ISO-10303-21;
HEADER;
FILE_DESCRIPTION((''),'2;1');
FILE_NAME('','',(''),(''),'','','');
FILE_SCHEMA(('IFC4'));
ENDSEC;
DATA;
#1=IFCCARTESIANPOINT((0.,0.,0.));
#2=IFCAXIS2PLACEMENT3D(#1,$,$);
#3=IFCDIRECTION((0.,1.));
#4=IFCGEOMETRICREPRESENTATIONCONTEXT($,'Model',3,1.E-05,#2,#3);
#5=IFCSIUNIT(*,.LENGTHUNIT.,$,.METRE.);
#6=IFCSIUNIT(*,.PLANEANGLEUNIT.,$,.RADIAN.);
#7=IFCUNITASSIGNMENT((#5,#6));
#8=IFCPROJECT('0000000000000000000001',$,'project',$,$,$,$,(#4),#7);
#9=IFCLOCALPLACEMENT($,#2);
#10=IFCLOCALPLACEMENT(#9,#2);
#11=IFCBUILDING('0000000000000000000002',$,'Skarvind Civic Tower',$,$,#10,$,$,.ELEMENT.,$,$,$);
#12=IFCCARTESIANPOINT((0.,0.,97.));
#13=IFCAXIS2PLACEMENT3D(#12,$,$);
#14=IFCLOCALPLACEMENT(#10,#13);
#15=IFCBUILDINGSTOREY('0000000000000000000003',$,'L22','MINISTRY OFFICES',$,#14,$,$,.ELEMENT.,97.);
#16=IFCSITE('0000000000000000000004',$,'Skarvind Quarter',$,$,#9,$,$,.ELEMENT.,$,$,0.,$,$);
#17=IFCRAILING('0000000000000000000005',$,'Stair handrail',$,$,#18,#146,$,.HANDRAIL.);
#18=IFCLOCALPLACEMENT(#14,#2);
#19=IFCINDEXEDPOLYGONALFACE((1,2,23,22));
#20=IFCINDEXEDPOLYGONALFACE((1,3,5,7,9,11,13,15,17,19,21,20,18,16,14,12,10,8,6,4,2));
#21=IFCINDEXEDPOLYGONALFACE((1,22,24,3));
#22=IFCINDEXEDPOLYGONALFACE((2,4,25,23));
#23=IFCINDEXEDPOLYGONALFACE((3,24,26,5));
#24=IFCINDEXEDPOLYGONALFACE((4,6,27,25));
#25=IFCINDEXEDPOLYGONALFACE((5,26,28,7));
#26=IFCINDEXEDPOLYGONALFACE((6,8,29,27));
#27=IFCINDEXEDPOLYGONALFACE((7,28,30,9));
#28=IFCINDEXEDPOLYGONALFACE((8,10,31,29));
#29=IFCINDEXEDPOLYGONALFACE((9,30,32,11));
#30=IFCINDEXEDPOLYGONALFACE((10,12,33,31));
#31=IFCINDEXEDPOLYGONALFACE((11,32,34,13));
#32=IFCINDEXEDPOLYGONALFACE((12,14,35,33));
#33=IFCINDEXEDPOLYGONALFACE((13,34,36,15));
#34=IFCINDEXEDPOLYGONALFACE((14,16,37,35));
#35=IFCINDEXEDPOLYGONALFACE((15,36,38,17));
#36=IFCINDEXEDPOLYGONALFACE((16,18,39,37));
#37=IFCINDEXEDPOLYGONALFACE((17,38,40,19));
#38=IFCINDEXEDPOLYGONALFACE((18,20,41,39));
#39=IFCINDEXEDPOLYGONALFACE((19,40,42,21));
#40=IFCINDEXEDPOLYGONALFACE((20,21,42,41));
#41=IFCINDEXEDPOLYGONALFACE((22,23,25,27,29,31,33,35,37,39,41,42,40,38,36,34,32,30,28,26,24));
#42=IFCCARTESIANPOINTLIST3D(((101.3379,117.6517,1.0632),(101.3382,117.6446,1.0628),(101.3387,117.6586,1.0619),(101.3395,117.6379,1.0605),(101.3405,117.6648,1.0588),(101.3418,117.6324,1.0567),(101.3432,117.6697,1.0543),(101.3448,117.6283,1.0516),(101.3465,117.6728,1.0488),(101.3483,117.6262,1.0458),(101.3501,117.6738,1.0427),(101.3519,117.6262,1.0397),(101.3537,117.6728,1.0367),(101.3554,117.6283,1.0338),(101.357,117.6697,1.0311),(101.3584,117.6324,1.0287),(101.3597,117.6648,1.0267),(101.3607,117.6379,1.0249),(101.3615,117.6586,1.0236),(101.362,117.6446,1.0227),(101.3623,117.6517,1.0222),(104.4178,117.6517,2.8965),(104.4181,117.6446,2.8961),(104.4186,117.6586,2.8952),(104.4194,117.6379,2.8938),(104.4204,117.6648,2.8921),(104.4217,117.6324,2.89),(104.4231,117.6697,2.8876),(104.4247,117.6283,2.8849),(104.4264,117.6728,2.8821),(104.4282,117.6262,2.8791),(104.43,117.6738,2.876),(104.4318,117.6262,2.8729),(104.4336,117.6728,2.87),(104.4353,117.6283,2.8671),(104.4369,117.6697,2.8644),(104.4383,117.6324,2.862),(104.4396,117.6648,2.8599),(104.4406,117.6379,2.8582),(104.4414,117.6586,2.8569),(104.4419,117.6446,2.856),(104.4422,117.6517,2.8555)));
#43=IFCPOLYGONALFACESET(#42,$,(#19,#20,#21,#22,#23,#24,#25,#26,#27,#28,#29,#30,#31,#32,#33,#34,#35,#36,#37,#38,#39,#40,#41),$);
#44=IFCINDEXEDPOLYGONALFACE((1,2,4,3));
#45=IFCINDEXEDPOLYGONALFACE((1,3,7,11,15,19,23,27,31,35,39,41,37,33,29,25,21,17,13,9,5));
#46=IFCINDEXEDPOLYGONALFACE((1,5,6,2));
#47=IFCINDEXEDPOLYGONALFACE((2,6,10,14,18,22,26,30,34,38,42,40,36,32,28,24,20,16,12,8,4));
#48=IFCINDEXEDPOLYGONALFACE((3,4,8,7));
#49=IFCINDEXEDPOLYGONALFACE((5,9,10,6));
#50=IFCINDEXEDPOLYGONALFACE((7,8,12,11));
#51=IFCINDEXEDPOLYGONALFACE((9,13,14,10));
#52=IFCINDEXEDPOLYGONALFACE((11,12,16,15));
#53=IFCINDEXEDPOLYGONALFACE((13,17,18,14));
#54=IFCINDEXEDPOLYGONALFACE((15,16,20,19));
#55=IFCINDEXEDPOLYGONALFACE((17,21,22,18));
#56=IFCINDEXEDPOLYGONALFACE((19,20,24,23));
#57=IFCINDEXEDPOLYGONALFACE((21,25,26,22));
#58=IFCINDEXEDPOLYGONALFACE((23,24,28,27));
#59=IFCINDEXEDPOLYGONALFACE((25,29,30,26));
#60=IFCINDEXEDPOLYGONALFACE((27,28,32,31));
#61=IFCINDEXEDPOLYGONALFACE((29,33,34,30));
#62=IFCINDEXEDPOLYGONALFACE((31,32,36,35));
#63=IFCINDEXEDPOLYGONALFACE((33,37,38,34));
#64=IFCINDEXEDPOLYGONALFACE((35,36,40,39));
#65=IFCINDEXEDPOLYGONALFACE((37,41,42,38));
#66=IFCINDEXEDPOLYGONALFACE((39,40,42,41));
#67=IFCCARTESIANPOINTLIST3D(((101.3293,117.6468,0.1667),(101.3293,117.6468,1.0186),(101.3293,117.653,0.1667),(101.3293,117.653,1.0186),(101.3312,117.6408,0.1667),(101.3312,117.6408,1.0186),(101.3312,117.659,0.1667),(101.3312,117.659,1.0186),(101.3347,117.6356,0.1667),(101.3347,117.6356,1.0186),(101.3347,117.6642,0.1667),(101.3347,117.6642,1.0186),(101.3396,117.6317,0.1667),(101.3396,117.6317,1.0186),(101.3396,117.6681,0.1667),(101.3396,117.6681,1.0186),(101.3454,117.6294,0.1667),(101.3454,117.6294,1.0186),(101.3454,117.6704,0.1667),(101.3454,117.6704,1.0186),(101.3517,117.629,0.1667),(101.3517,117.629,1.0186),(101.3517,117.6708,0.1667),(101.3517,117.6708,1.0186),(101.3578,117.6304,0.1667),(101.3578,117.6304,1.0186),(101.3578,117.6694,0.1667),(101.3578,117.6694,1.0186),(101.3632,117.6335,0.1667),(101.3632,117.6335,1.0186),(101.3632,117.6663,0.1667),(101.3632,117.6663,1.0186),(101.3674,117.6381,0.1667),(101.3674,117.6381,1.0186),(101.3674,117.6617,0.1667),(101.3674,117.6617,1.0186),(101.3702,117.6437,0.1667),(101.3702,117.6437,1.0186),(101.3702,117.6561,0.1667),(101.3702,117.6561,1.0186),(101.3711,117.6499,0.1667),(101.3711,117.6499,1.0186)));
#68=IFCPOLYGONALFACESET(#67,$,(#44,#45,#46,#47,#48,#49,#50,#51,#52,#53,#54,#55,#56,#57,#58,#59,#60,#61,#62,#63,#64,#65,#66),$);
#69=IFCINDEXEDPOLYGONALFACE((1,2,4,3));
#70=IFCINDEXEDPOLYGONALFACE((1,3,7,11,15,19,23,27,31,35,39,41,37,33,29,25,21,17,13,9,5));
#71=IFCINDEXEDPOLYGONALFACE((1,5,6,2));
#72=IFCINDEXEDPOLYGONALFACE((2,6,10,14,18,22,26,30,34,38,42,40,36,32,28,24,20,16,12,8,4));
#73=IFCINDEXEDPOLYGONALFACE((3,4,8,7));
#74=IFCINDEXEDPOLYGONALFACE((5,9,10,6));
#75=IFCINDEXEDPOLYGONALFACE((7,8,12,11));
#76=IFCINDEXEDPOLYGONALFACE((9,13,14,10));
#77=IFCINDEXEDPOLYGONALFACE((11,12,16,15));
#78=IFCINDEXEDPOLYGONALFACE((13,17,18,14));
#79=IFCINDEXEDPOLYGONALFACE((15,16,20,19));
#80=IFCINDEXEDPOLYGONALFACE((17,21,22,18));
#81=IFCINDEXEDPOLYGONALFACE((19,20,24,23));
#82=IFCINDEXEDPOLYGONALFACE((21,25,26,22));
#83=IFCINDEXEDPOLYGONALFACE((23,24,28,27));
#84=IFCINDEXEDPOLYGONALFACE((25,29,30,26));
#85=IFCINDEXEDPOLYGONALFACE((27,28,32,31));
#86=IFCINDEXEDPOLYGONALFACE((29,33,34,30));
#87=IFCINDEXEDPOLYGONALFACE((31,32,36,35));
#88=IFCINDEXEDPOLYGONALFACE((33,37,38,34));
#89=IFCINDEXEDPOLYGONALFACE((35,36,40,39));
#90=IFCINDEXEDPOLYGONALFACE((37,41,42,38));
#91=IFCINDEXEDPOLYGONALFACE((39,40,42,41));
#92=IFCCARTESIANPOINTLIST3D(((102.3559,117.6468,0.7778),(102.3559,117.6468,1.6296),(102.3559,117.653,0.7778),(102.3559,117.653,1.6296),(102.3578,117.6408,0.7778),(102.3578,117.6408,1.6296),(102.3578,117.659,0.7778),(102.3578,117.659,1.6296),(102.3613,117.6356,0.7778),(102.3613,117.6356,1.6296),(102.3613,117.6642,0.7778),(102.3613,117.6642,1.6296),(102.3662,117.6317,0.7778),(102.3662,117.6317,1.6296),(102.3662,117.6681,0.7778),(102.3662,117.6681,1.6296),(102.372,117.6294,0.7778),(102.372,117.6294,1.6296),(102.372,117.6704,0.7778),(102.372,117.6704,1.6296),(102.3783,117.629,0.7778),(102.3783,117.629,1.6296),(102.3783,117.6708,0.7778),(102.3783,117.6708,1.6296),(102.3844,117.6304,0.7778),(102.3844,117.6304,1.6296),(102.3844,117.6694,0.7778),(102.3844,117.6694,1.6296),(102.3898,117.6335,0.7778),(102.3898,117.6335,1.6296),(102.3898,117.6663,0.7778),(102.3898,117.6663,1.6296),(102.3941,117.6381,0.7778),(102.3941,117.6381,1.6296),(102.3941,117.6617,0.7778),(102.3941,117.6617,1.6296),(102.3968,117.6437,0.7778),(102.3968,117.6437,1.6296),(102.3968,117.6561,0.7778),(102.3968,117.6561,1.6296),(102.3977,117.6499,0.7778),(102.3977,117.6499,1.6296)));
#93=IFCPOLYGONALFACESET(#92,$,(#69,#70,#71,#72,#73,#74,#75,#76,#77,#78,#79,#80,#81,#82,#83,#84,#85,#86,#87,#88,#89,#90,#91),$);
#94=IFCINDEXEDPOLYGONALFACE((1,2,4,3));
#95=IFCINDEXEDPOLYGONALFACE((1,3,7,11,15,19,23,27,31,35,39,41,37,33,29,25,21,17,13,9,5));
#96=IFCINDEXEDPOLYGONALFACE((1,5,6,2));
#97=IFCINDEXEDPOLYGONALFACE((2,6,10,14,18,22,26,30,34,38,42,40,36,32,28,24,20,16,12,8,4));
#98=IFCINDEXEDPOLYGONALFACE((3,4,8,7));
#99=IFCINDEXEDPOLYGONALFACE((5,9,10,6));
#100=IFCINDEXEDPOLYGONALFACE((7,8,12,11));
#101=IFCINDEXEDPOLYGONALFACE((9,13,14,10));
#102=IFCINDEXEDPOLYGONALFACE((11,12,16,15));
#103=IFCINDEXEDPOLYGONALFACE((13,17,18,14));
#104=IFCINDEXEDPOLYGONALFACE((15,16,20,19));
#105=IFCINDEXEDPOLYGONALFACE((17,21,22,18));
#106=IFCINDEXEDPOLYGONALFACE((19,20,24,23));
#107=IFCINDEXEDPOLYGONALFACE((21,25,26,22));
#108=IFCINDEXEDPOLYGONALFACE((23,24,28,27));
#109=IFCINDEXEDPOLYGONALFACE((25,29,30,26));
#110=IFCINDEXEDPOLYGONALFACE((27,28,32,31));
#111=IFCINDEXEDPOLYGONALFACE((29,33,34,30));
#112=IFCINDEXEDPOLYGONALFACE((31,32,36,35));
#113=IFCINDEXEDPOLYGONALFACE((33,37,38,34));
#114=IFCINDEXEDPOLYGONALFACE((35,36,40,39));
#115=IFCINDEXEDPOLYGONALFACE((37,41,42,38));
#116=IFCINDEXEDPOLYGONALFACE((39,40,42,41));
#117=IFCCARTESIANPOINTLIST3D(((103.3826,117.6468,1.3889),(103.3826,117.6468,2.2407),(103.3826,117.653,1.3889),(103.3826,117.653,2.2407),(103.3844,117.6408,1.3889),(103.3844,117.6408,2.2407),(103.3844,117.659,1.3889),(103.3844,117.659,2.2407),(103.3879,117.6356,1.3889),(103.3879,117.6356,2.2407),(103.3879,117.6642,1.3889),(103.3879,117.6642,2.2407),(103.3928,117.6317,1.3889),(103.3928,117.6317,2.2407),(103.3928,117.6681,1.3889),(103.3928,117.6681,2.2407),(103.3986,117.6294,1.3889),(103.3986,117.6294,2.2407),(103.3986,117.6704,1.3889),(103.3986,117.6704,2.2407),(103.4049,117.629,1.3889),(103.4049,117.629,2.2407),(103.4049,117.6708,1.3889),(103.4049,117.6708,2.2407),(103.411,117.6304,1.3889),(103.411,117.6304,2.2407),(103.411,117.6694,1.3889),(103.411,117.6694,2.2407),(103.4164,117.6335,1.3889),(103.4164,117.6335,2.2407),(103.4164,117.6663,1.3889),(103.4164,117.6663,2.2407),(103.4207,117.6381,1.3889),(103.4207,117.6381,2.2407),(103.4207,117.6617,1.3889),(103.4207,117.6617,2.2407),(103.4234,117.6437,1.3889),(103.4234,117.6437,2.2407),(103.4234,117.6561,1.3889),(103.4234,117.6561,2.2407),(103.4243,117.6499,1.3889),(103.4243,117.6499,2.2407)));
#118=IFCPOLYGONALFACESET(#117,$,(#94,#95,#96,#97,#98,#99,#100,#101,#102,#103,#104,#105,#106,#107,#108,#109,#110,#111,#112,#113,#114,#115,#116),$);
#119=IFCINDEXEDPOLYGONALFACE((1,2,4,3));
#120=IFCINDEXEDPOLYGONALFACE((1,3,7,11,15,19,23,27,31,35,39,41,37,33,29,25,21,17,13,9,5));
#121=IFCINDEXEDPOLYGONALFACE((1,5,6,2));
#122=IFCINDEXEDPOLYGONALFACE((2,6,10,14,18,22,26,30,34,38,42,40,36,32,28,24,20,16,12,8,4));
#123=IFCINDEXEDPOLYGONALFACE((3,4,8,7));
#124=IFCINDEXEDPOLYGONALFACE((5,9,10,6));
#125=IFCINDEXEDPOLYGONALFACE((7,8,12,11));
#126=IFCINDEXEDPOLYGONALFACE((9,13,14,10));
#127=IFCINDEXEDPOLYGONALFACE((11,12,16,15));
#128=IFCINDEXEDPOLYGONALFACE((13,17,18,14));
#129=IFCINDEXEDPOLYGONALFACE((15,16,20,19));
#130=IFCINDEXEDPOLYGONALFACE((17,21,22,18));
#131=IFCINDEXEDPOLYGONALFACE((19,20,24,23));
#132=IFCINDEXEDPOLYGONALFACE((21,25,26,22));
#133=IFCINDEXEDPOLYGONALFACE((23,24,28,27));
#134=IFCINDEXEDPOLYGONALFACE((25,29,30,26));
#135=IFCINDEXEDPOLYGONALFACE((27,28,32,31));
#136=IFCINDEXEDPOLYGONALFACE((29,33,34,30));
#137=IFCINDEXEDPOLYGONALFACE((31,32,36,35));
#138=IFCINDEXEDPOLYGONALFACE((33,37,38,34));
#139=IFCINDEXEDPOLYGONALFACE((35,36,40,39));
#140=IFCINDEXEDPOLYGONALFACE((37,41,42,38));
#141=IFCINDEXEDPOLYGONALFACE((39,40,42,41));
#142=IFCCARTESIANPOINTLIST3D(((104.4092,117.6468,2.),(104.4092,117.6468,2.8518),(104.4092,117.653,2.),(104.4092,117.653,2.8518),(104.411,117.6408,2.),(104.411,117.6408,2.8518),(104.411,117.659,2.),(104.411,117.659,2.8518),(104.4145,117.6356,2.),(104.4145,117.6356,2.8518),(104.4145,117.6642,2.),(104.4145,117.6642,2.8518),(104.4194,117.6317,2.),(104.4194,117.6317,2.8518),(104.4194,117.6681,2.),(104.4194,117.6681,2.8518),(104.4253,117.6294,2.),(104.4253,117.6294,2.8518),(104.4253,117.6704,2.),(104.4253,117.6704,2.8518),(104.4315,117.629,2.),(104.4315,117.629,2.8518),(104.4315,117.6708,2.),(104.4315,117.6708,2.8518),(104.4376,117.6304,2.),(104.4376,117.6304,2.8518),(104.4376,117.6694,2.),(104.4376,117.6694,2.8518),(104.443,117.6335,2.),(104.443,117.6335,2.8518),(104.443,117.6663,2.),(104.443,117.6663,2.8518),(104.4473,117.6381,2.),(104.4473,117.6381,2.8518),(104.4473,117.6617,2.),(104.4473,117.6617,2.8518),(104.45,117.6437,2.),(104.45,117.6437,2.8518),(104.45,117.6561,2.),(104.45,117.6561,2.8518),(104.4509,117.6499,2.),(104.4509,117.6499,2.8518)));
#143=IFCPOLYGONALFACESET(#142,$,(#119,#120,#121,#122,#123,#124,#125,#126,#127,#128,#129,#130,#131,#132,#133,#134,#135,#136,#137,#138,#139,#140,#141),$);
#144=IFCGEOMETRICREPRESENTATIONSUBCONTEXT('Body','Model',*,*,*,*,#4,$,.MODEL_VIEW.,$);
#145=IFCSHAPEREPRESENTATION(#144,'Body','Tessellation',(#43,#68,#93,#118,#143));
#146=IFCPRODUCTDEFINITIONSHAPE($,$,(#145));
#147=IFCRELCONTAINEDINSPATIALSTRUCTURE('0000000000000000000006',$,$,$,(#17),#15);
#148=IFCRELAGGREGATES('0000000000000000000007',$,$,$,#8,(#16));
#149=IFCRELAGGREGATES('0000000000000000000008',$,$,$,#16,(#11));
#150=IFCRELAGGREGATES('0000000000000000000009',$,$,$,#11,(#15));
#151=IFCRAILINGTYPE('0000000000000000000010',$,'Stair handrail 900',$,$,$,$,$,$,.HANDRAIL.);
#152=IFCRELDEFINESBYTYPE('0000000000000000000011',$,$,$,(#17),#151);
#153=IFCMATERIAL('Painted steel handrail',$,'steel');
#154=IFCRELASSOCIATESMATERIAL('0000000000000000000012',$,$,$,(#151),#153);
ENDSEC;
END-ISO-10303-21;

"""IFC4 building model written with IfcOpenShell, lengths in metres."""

from ifc_helpers import new_model, si_unit, direction, frame, origin, origin_2d, place, context, subcontext, project, spatial, circle, extrude, material, type_object, element, save


model = new_model("IFC4")

# Units and contexts
model_context = context("Model", 3, precision=1e-05, world=origin(), true_north=direction((0.0, 1.0)))
body_context = subcontext(model_context, "Body", "Model", "MODEL_VIEW")
ifc_project = project(units=[si_unit("LENGTHUNIT", "METRE"), si_unit("PLANEANGLEUNIT", "RADIAN")], contexts=[model_context])

# Site, building, storey
site_placement = place(None, origin())
site = spatial("IfcSite", under=ifc_project, at=site_placement, Name="Skarvind Quarter", CompositionType="ELEMENT", RefElevation=0.0)
building_placement = place(site_placement, origin())
building = spatial("IfcBuilding", under=site, at=building_placement, Name="Skarvind Civic Tower", CompositionType="ELEMENT")
storey_placement = place(building_placement, frame((0.0, 0.0, 97.0)))
storey = spatial("IfcBuildingStorey", under=building, at=storey_placement, Name="L22", Description="MINISTRY OFFICES", CompositionType="ELEMENT", Elevation=97.0)

# Railing
ifc_material_1 = material(Name="Painted steel handrail", Category="steel")
railing_type = type_object("IfcRailingType", Name="Stair handrail 900", PredefinedType="HANDRAIL", material=ifc_material_1)
railing_1_placement = place(storey_placement, frame((101.3501, 117.6499, 0.1667)))
element("IfcRailing", 1, at=railing_1_placement, inside=storey, type_object=railing_type, Name="Stair handrail", PredefinedType="HANDRAIL", context=body_context, shape_type="SweptSolid", body=[
    extrude(circle(Radius=0.0239, at=origin_2d()), frame((0.0, 0.0, 0.876), z_axis=(0.859291, 0.0, 0.511487), x_axis=(0.0, 1.0, 0.0)), (0.0, 0.0, 1.0), 3.5842),
    extrude(circle(Radius=0.021, at=origin_2d()), origin(), (0.0, 0.0, 1.0), 0.8518),
    extrude(circle(Radius=0.021, at=origin_2d()), frame((1.0266, 0.0, 0.6111)), (0.0, 0.0, 1.0), 0.8518),
    extrude(circle(Radius=0.021, at=origin_2d()), frame((2.0532, 0.0, 1.2222)), (0.0, 0.0, 1.0), 0.8518),
    extrude(circle(Radius=0.021, at=origin_2d()), frame((3.0798, 0.0, 1.8333)), (0.0, 0.0, 1.0), 0.8518),
])

save(model, "model.ifc")
